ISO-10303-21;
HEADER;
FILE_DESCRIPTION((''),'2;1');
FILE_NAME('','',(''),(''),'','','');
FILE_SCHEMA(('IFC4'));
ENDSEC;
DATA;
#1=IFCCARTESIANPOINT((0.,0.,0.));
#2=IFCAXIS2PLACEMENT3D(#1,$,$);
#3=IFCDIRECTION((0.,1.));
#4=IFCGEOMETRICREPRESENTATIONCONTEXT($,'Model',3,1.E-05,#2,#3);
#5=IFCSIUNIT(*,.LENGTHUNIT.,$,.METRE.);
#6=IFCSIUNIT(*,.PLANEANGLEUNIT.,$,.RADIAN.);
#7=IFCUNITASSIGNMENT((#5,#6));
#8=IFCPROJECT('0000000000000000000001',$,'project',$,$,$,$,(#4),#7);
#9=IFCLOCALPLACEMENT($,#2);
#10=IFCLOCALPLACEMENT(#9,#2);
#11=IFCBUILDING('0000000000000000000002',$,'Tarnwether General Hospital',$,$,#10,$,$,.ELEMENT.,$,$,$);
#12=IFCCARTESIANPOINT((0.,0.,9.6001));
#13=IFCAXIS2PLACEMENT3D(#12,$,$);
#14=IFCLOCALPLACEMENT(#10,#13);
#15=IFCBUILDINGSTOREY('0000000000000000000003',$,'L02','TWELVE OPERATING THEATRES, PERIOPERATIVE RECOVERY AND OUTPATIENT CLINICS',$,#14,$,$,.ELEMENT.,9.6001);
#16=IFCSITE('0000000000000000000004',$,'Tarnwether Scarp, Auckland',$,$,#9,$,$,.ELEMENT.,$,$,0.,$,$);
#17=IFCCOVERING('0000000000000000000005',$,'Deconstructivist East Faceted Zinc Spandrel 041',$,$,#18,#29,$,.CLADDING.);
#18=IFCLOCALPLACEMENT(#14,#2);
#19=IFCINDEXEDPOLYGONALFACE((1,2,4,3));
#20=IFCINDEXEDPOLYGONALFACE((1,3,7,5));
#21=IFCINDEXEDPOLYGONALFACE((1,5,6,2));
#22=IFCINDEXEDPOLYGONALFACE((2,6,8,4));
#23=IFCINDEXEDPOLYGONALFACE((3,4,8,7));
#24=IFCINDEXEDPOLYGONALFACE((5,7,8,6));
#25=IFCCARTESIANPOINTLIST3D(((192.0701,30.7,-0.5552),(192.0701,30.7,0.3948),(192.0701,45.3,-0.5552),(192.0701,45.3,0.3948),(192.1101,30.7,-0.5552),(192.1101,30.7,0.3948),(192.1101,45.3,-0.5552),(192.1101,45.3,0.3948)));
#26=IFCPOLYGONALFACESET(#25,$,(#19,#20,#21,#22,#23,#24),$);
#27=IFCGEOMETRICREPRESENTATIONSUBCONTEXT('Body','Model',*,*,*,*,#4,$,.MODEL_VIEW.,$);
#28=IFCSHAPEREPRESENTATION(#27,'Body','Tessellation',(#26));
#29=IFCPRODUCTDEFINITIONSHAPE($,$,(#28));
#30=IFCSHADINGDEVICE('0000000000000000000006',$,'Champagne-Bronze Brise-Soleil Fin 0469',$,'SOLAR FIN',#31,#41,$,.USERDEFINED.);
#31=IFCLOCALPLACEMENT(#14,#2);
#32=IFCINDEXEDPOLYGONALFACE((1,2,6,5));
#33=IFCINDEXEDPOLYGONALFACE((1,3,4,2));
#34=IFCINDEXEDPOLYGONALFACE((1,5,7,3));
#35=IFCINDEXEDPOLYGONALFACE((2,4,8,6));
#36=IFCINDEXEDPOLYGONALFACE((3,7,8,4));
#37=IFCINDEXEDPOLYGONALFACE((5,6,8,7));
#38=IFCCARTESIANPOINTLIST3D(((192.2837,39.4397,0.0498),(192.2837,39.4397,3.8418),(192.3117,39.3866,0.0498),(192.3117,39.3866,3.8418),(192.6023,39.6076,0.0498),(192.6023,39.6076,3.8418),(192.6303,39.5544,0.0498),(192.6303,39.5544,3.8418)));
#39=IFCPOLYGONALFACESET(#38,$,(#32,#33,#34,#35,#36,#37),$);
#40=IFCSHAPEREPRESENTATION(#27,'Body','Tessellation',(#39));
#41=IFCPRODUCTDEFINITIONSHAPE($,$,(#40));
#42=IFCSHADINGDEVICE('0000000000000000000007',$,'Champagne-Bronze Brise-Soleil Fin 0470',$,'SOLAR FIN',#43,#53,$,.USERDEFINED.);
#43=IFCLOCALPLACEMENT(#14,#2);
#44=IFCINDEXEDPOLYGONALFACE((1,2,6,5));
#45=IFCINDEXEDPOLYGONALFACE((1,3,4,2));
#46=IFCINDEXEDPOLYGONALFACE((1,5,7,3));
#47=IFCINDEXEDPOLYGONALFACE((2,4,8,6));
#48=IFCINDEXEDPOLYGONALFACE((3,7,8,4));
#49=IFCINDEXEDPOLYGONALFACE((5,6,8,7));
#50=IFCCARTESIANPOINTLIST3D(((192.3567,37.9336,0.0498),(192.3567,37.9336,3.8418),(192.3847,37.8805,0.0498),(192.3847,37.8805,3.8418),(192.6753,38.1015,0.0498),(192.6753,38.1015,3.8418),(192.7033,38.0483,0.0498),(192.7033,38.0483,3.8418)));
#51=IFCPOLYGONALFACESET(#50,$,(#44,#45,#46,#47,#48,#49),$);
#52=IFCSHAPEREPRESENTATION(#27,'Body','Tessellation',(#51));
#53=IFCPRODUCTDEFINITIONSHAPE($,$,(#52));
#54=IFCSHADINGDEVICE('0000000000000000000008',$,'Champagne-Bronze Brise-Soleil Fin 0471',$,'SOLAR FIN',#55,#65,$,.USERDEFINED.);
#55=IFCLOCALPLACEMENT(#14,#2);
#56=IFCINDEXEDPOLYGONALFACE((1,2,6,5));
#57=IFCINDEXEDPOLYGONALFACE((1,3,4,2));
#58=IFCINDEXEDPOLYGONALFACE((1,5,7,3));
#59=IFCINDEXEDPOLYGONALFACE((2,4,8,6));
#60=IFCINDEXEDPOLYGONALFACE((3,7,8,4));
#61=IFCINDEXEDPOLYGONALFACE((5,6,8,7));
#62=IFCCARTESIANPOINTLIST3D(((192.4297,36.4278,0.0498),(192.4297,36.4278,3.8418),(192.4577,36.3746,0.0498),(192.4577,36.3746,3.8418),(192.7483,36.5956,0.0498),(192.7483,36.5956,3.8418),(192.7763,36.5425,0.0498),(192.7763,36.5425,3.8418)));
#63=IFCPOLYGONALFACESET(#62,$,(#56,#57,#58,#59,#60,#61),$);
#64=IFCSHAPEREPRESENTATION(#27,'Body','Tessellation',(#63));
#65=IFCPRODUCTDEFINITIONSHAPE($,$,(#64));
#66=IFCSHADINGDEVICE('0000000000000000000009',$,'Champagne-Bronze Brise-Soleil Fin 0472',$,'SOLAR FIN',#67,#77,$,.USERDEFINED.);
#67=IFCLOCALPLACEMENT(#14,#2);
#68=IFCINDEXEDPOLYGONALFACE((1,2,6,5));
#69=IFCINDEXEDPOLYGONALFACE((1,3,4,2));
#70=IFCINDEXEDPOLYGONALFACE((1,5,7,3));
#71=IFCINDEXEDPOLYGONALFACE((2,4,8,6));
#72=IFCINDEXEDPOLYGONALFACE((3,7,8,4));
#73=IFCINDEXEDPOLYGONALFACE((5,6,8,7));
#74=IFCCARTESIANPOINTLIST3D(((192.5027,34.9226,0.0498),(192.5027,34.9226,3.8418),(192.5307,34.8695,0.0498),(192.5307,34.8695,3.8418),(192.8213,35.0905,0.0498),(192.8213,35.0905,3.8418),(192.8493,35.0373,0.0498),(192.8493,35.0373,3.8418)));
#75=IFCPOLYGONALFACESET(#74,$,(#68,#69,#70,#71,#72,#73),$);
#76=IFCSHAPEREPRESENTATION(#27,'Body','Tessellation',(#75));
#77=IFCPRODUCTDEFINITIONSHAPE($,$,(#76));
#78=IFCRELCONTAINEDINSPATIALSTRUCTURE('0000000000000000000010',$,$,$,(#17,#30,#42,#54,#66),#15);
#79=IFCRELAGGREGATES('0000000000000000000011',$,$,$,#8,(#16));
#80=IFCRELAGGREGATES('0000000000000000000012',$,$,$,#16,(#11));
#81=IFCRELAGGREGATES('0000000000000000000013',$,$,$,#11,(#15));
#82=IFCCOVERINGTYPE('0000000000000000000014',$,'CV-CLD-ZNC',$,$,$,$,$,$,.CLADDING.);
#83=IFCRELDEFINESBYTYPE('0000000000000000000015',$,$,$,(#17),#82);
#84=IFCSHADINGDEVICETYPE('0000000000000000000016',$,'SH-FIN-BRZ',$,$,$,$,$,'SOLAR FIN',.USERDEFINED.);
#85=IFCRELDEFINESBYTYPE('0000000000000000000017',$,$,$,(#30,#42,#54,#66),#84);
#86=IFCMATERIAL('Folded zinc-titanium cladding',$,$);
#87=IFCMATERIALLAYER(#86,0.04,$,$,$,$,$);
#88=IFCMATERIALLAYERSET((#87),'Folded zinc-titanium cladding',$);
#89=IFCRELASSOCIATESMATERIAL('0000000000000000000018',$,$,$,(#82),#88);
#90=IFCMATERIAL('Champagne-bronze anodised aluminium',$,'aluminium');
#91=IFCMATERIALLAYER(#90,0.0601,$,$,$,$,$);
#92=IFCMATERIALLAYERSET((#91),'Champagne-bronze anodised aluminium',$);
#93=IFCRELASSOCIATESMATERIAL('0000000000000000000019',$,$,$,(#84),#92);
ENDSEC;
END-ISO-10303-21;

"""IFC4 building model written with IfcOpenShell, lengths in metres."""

from ifc_helpers import new_model, si_unit, direction, frame, origin, origin_2d, place, context, subcontext, project, spatial, rectangle, extrude, material, layer, layer_set, type_object, element, save


model = new_model("IFC4")

# Units and contexts
model_context = context("Model", 3, precision=1e-05, world=origin(), true_north=direction((0.0, 1.0)))
body_context = subcontext(model_context, "Body", "Model", "MODEL_VIEW")
ifc_project = project(units=[si_unit("LENGTHUNIT", "METRE"), si_unit("PLANEANGLEUNIT", "RADIAN")], contexts=[model_context])

# Site, building, storey
site_placement = place(None, origin())
site = spatial("IfcSite", under=ifc_project, at=site_placement, Name="Tarnwether Scarp, Auckland", CompositionType="ELEMENT", RefElevation=0.0)
building_placement = place(site_placement, origin())
building = spatial("IfcBuilding", under=site, at=building_placement, Name="Tarnwether General Hospital", CompositionType="ELEMENT")
storey_placement = place(building_placement, frame((0.0, 0.0, 9.6001)))
storey = spatial("IfcBuildingStorey", under=building, at=storey_placement, Name="L02", Description="TWELVE OPERATING THEATRES, PERIOPERATIVE RECOVERY AND OUTPATIENT CLINICS", CompositionType="ELEMENT", Elevation=9.6001)

# Covering
ifc_material_1 = material(Name="Folded zinc-titanium cladding")
ifc_layer_1 = layer(ifc_material_1, 0.04)
ifc_layer_set_1 = layer_set([ifc_layer_1], Name="Folded zinc-titanium cladding")
covering_type = type_object("IfcCoveringType", Name="CV-CLD-ZNC", PredefinedType="CLADDING", material=ifc_layer_set_1)
covering_placement = place(storey_placement, frame((192.0901, 38.0, -0.5552), z_axis=(0.0, 0.0, 1.0), x_axis=(0.0, 1.0, 0.0)))
element("IfcCovering", 1, at=covering_placement, inside=storey, type_object=covering_type, Name="Deconstructivist East Faceted Zinc Spandrel 041", PredefinedType="CLADDING", context=body_context, shape_type="SweptSolid", body=[
    extrude(rectangle(XDim=14.6001, YDim=0.04, at=origin_2d()), origin(), (0.0, 0.0, 1.0), 0.95),
])

# Shading devices
ifc_material_2 = material(Name="Champagne-bronze anodised aluminium", Category="aluminium")
ifc_layer_2 = layer(ifc_material_2, 0.0601)
ifc_layer_set_2 = layer_set([ifc_layer_2], Name="Champagne-bronze anodised aluminium")
shading_device_type = type_object("IfcShadingDeviceType", Name="SH-FIN-BRZ", ElementType="SOLAR FIN", PredefinedType="USERDEFINED", material=ifc_layer_set_2)
for number, where, z_axis, x_axis, name in (
    (2, (192.457, 39.4971, 0.0498), (0.0, 0.0, 1.0), (0.466078, -0.884744, 0.0), "Champagne-Bronze Brise-Soleil Fin 0469"),
    (3, (192.53, 37.991, 0.0498), (0.0, 0.0, 1.0), (0.466078, -0.884744, 0.0), "Champagne-Bronze Brise-Soleil Fin 0470"),
    (4, (192.603, 36.4851, 0.0498), (0.0, 0.0, 1.0), (0.466078, -0.884744, 0.0), "Champagne-Bronze Brise-Soleil Fin 0471"),
    (5, (192.676, 34.98, 0.0498), (0.0, 0.0, 1.0), (0.466078, -0.884744, 0.0), "Champagne-Bronze Brise-Soleil Fin 0472"),
):
    element("IfcShadingDevice", number, at=place(storey_placement, frame(where, z_axis=z_axis, x_axis=x_axis)), inside=storey, type_object=shading_device_type, Name=name, ObjectType="SOLAR FIN", PredefinedType="USERDEFINED", context=body_context, shape_type="SweptSolid", body=[
        extrude(rectangle(XDim=0.0601, YDim=0.3601, at=origin_2d()), origin(), (0.0, 0.0, 1.0), 3.792),
    ])

save(model, "model.ifc")
